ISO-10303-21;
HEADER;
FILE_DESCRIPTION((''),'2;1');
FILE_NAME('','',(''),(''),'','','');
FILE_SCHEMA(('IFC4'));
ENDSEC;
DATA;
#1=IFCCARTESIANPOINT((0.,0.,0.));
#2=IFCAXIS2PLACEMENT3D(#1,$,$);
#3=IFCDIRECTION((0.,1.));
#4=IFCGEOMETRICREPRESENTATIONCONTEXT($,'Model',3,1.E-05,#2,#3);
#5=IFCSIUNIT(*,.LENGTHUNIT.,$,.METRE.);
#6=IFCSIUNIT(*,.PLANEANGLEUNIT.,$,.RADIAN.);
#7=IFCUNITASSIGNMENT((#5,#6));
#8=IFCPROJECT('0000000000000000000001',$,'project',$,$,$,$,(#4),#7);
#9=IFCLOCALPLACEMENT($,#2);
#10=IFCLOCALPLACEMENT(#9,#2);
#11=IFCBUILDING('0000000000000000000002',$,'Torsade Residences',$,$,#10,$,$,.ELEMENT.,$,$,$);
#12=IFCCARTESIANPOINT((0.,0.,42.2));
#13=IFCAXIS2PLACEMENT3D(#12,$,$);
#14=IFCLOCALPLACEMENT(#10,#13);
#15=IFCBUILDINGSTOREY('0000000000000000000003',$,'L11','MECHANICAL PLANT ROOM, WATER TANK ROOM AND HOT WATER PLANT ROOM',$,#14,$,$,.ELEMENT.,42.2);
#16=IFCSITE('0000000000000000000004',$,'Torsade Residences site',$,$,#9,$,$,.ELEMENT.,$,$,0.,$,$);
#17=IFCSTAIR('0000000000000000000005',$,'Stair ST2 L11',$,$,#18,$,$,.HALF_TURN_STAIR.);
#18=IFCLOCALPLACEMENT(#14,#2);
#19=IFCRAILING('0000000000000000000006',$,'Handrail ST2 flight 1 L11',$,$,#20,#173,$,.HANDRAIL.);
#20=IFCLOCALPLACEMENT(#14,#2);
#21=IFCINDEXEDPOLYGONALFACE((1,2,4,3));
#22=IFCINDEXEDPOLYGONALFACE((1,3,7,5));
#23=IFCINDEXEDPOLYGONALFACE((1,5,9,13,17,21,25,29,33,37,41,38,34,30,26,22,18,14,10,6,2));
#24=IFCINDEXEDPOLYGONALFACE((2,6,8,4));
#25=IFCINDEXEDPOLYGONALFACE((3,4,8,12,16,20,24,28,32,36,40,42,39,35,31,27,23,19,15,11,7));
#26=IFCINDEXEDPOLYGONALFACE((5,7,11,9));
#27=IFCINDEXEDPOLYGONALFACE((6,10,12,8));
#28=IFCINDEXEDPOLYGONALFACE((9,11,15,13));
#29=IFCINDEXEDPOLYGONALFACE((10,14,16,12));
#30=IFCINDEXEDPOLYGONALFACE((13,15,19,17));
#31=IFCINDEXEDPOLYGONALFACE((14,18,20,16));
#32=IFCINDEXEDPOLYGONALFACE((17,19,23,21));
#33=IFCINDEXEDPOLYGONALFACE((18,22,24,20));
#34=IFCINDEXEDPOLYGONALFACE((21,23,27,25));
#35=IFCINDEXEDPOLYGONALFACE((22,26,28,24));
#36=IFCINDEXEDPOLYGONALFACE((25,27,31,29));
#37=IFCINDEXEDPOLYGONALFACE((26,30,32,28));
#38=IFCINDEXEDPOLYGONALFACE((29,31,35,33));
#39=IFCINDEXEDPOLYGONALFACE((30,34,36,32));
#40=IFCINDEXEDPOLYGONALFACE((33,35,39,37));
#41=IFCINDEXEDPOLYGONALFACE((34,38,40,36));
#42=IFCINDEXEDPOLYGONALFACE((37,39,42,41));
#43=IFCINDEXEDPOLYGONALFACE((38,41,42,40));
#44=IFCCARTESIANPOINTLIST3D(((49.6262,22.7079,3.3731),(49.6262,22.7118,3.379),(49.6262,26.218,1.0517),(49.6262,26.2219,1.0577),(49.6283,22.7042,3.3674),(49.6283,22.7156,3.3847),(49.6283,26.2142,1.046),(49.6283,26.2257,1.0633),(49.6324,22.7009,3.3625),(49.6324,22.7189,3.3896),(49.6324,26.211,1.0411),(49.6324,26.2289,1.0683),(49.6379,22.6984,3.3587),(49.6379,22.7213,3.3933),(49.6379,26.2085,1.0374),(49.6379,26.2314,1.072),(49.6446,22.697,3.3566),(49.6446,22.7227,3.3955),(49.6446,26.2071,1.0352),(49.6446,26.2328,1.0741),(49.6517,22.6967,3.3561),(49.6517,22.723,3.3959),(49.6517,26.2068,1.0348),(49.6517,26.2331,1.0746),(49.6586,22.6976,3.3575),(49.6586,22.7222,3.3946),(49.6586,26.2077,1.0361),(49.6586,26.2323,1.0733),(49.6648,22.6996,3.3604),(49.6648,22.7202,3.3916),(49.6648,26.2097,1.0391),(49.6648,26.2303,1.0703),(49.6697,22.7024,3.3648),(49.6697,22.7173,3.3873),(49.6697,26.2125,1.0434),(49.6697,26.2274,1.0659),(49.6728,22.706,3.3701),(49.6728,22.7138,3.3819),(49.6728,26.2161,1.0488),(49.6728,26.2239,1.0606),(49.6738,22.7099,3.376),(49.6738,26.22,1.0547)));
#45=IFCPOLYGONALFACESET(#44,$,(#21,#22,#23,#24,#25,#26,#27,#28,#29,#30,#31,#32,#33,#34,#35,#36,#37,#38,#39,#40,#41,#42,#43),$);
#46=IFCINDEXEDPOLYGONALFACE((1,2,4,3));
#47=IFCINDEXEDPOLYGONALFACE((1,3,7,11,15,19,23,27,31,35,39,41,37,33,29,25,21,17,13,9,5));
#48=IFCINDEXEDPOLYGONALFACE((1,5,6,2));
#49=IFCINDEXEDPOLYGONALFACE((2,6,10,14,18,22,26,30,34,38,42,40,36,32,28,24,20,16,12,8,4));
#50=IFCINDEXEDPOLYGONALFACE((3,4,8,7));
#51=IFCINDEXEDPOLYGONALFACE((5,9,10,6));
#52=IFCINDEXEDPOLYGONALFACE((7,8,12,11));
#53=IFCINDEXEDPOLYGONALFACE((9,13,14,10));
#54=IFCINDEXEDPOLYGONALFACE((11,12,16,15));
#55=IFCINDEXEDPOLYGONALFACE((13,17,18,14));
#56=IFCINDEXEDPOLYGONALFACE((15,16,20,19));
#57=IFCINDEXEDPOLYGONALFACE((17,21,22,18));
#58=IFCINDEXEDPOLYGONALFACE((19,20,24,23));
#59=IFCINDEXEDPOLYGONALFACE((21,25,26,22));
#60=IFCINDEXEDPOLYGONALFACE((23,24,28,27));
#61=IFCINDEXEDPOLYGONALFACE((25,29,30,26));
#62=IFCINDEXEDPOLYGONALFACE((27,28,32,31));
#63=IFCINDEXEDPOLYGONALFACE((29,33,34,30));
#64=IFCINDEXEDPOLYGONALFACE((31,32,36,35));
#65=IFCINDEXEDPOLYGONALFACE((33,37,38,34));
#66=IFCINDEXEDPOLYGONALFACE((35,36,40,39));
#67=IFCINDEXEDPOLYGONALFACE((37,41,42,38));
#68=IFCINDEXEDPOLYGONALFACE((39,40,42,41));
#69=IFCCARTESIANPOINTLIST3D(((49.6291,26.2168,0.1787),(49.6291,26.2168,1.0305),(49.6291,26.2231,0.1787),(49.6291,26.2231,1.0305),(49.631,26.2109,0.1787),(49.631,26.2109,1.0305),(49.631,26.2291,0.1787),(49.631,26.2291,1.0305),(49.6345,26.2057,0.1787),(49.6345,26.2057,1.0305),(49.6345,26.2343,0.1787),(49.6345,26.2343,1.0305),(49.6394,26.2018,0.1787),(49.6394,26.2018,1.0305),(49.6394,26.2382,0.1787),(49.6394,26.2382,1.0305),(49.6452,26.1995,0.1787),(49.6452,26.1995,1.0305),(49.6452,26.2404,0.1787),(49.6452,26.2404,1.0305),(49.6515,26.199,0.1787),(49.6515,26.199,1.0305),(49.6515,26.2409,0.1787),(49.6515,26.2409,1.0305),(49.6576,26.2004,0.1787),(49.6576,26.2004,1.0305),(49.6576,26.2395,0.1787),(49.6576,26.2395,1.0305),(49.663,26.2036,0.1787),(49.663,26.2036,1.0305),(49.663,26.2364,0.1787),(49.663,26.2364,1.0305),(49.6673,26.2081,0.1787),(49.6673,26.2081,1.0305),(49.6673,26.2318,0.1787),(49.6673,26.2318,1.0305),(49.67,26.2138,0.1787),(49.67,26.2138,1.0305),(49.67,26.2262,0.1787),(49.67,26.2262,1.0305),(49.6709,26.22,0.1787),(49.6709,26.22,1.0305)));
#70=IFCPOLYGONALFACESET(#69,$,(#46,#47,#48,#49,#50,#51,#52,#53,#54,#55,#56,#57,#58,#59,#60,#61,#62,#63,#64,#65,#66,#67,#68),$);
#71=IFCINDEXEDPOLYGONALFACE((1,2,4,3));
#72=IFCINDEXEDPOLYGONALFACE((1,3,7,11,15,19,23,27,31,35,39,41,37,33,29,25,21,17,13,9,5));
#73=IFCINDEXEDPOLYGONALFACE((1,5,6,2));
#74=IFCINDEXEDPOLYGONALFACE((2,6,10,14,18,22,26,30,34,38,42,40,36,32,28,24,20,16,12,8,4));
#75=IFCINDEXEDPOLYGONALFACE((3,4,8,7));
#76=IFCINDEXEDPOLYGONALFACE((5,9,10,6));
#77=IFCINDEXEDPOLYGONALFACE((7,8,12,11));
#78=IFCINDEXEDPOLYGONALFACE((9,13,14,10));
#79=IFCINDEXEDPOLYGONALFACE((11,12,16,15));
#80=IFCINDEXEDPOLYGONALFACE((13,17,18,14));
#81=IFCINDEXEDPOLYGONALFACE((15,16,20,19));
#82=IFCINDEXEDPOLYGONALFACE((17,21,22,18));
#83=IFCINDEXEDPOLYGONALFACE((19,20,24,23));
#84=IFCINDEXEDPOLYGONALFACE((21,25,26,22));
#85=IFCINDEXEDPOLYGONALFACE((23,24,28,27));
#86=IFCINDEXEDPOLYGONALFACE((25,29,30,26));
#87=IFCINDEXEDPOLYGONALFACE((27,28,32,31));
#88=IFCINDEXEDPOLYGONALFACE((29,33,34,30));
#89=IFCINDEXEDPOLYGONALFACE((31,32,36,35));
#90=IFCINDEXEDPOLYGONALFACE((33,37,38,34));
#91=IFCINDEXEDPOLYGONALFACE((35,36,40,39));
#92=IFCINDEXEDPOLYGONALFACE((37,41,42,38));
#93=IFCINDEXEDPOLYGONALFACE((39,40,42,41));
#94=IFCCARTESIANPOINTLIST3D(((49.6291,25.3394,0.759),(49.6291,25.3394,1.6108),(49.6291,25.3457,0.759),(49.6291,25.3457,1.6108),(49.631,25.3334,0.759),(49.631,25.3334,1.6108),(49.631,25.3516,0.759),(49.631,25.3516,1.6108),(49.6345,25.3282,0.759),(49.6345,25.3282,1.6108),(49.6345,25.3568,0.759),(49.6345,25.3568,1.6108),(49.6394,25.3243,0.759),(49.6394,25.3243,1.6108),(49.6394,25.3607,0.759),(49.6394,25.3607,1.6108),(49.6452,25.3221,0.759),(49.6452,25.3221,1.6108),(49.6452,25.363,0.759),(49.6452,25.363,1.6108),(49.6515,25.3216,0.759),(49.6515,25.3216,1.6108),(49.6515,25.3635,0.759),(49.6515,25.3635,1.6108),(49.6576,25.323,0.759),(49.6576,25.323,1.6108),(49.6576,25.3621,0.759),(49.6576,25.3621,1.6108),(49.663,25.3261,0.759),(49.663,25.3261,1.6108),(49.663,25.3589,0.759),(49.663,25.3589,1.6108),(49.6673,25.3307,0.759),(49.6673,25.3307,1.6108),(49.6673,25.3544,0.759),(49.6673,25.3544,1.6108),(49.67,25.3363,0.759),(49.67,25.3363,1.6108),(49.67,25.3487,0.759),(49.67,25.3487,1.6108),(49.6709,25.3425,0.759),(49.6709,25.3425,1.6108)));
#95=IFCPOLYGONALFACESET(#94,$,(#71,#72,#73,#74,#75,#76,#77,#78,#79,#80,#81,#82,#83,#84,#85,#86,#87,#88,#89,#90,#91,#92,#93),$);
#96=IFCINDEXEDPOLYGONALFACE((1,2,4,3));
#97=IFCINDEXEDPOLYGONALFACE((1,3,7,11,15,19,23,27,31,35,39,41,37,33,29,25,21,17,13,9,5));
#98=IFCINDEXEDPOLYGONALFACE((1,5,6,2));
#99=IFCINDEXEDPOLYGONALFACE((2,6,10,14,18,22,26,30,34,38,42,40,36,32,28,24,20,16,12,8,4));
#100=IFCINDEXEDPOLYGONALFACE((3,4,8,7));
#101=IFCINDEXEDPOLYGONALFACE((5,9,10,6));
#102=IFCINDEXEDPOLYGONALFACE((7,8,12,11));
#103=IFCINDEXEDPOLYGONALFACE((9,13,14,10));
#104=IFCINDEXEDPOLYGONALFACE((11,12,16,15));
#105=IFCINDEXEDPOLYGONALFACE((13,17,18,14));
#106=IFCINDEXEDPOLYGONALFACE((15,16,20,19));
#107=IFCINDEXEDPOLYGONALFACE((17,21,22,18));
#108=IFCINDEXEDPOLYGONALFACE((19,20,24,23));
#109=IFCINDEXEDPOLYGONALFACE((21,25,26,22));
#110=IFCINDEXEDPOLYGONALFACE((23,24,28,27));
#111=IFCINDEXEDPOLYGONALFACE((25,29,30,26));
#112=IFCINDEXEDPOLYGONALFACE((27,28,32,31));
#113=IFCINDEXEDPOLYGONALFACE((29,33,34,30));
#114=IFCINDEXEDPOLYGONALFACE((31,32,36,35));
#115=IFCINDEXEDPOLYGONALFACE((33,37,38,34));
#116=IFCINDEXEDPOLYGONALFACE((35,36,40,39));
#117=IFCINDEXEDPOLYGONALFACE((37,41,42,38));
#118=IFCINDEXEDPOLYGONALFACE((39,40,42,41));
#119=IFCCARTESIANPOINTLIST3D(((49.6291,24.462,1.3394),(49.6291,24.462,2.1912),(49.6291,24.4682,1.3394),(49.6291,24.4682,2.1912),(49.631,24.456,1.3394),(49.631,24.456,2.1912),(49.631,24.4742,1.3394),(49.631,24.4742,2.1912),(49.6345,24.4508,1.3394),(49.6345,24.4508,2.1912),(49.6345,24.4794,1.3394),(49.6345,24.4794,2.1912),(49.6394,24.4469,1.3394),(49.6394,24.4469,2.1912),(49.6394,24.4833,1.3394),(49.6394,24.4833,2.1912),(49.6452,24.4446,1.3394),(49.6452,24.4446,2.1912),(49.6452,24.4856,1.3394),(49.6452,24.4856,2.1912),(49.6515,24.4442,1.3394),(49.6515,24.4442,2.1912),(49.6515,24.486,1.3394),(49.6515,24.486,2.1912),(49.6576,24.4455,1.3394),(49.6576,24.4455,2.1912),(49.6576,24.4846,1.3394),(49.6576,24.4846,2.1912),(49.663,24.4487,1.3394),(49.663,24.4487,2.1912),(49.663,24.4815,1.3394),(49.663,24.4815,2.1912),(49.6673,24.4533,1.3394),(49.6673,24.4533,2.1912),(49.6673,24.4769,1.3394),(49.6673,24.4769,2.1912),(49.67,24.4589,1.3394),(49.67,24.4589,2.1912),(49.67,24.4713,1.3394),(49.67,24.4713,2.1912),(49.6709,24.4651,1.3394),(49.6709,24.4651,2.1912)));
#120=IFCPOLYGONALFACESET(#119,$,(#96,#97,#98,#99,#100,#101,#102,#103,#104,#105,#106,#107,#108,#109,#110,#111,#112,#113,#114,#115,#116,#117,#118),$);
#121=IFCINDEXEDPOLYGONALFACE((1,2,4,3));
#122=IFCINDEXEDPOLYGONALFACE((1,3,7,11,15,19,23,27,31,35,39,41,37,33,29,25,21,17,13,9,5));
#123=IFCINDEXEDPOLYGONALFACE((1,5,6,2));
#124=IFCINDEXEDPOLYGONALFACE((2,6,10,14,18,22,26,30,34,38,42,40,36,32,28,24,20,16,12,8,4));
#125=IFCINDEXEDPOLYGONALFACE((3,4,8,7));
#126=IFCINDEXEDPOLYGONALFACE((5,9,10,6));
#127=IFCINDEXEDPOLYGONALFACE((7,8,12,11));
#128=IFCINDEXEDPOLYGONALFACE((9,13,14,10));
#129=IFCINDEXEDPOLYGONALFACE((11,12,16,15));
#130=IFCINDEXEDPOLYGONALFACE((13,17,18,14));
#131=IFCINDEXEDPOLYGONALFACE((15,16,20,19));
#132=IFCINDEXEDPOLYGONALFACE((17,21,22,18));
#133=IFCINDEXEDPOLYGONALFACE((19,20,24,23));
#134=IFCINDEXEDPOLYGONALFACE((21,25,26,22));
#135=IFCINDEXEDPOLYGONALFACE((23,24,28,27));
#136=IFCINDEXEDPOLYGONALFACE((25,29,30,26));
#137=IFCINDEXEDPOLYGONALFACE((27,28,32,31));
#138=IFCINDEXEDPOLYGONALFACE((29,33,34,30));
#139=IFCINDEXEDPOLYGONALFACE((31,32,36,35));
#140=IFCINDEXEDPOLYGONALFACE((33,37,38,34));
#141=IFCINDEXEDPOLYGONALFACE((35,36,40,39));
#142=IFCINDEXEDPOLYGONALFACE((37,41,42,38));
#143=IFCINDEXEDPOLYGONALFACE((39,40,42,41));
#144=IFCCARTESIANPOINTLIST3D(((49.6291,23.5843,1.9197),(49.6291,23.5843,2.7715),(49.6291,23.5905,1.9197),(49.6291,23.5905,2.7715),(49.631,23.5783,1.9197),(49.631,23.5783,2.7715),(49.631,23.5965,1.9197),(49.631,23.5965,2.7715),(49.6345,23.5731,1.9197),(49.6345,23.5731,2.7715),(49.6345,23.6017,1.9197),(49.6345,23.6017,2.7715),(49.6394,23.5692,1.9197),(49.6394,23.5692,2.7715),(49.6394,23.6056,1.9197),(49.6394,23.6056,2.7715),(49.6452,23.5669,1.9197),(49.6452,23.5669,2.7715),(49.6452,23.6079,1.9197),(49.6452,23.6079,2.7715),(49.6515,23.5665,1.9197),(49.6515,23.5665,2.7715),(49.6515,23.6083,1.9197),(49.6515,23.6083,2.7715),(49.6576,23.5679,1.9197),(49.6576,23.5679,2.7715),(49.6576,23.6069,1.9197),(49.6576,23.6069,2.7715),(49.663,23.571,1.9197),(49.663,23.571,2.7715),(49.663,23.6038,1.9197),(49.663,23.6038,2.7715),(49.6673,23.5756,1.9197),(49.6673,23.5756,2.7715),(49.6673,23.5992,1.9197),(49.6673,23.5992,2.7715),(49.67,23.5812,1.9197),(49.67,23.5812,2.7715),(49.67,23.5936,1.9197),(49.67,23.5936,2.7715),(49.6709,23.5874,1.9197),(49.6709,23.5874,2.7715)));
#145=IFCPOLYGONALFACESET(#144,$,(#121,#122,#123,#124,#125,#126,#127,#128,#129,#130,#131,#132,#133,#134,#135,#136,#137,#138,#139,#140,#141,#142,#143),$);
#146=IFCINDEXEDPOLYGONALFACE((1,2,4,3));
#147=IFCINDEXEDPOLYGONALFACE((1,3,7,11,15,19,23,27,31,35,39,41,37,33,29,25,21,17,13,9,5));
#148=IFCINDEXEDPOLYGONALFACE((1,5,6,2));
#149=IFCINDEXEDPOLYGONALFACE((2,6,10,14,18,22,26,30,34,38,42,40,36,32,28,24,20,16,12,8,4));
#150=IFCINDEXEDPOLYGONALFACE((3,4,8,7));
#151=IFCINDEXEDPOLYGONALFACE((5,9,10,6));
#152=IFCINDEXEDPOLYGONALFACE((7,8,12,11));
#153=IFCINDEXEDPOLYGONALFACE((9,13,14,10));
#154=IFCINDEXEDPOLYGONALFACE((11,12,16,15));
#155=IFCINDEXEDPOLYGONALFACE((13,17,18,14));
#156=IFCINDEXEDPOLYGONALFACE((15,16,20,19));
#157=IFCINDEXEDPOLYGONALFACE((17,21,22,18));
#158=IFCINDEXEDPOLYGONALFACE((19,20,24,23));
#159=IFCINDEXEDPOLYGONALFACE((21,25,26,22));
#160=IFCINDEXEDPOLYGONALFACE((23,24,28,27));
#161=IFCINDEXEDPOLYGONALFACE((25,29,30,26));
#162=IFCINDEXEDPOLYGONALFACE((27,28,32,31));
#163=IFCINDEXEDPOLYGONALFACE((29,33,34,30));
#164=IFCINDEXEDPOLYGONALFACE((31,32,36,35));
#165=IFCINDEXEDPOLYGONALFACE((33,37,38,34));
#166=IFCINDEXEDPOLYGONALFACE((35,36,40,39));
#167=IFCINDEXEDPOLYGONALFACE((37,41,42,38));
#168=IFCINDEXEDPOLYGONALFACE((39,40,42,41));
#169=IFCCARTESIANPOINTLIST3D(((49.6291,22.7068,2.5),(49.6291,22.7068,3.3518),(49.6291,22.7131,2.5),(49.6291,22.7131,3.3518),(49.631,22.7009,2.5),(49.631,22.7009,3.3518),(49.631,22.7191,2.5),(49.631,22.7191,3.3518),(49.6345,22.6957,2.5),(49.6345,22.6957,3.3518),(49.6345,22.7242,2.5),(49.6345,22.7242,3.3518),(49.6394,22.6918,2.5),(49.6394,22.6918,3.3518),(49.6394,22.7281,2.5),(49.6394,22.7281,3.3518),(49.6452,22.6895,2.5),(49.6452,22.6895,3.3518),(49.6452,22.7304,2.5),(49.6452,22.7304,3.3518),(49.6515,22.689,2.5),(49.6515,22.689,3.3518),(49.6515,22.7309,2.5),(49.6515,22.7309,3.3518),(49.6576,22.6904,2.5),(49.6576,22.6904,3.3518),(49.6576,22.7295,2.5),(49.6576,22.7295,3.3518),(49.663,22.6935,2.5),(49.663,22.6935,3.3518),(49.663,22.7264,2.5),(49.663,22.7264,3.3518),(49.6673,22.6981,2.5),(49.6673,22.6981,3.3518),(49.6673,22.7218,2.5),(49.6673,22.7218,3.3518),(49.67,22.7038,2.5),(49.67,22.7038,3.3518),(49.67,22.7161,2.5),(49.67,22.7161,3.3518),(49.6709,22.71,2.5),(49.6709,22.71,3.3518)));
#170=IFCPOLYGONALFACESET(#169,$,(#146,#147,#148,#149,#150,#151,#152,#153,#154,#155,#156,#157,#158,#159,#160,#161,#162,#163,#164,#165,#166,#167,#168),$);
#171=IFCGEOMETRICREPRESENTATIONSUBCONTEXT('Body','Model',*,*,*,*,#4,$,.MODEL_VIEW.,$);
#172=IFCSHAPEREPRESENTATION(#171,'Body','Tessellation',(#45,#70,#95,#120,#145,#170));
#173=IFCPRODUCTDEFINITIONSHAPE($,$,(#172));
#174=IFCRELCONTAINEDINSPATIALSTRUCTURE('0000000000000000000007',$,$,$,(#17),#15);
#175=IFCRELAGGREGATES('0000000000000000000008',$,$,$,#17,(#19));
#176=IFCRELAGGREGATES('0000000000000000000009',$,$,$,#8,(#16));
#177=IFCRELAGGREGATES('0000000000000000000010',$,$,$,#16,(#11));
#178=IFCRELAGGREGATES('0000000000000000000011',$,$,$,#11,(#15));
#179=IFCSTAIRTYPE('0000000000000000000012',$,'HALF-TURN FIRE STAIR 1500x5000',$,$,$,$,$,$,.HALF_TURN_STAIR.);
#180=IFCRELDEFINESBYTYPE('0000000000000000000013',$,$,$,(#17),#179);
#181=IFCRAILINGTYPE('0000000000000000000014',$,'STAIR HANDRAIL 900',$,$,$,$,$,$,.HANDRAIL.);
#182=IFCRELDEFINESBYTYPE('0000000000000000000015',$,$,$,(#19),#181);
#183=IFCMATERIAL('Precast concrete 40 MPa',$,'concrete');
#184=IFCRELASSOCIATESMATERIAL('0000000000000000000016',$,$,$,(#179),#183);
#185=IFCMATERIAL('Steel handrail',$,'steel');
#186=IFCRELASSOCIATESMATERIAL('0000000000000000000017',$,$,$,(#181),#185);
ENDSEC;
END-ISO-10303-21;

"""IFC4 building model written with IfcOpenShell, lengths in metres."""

from ifc_helpers import new_model, si_unit, direction, frame, origin, origin_2d, place, context, subcontext, project, spatial, circle, extrude, material, type_object, element, aggregate, save


model = new_model("IFC4")

# Units and contexts
model_context = context("Model", 3, precision=1e-05, world=origin(), true_north=direction((0.0, 1.0)))
body_context = subcontext(model_context, "Body", "Model", "MODEL_VIEW")
ifc_project = project(units=[si_unit("LENGTHUNIT", "METRE"), si_unit("PLANEANGLEUNIT", "RADIAN")], contexts=[model_context])

# Site, building, storey
site_placement = place(None, origin())
site = spatial("IfcSite", under=ifc_project, at=site_placement, Name="Torsade Residences site", CompositionType="ELEMENT", RefElevation=0.0)
building_placement = place(site_placement, origin())
building = spatial("IfcBuilding", under=site, at=building_placement, Name="Torsade Residences", CompositionType="ELEMENT")
storey_placement = place(building_placement, frame((0.0, 0.0, 42.2)))
storey = spatial("IfcBuildingStorey", under=building, at=storey_placement, Name="L11", Description="MECHANICAL PLANT ROOM, WATER TANK ROOM AND HOT WATER PLANT ROOM", CompositionType="ELEMENT", Elevation=42.2)

# Stair, railing
ifc_material_1 = material(Name="Precast concrete 40 MPa", Category="concrete")
stair_type = type_object("IfcStairType", Name="HALF-TURN FIRE STAIR 1500x5000", PredefinedType="HALF_TURN_STAIR", material=ifc_material_1)
stair_placement = place(storey_placement, origin())
stair = element("IfcStair", 1, at=stair_placement, inside=storey, type_object=stair_type, Name="Stair ST2 L11", PredefinedType="HALF_TURN_STAIR")
ifc_material_2 = material(Name="Steel handrail", Category="steel")
railing_type = type_object("IfcRailingType", Name="STAIR HANDRAIL 900", PredefinedType="HANDRAIL", material=ifc_material_2)
railing_1_placement = place(storey_placement, frame((49.6499, 26.22, 0.1787)))
railing_1 = element("IfcRailing", 2, at=railing_1_placement, type_object=railing_type, Name="Handrail ST2 flight 1 L11", PredefinedType="HANDRAIL", context=body_context, shape_type="SweptSolid", body=[
    extrude(circle(Radius=0.0239, at=origin_2d()), frame((0.0, 0.0, 0.876), z_axis=(0.0, -0.834097, 0.551617), x_axis=(1.0, 0.0, 0.0)), (0.0, 0.0, 1.0), 4.2083),
    extrude(circle(Radius=0.021, at=origin_2d()), origin(), (0.0, 0.0, 1.0), 0.8518),
    extrude(circle(Radius=0.021, at=origin_2d()), frame((0.0, -0.8774, 0.5803)), (0.0, 0.0, 1.0), 0.8518),
    extrude(circle(Radius=0.021, at=origin_2d()), frame((0.0, -1.7549, 1.1606)), (0.0, 0.0, 1.0), 0.8518),
    extrude(circle(Radius=0.021, at=origin_2d()), frame((0.0, -2.6326, 1.741)), (0.0, 0.0, 1.0), 0.8518),
    extrude(circle(Radius=0.021, at=origin_2d()), frame((0.0, -3.51, 2.3213)), (0.0, 0.0, 1.0), 0.8518),
])
aggregate(stair, [railing_1])

save(model, "model.ifc")
